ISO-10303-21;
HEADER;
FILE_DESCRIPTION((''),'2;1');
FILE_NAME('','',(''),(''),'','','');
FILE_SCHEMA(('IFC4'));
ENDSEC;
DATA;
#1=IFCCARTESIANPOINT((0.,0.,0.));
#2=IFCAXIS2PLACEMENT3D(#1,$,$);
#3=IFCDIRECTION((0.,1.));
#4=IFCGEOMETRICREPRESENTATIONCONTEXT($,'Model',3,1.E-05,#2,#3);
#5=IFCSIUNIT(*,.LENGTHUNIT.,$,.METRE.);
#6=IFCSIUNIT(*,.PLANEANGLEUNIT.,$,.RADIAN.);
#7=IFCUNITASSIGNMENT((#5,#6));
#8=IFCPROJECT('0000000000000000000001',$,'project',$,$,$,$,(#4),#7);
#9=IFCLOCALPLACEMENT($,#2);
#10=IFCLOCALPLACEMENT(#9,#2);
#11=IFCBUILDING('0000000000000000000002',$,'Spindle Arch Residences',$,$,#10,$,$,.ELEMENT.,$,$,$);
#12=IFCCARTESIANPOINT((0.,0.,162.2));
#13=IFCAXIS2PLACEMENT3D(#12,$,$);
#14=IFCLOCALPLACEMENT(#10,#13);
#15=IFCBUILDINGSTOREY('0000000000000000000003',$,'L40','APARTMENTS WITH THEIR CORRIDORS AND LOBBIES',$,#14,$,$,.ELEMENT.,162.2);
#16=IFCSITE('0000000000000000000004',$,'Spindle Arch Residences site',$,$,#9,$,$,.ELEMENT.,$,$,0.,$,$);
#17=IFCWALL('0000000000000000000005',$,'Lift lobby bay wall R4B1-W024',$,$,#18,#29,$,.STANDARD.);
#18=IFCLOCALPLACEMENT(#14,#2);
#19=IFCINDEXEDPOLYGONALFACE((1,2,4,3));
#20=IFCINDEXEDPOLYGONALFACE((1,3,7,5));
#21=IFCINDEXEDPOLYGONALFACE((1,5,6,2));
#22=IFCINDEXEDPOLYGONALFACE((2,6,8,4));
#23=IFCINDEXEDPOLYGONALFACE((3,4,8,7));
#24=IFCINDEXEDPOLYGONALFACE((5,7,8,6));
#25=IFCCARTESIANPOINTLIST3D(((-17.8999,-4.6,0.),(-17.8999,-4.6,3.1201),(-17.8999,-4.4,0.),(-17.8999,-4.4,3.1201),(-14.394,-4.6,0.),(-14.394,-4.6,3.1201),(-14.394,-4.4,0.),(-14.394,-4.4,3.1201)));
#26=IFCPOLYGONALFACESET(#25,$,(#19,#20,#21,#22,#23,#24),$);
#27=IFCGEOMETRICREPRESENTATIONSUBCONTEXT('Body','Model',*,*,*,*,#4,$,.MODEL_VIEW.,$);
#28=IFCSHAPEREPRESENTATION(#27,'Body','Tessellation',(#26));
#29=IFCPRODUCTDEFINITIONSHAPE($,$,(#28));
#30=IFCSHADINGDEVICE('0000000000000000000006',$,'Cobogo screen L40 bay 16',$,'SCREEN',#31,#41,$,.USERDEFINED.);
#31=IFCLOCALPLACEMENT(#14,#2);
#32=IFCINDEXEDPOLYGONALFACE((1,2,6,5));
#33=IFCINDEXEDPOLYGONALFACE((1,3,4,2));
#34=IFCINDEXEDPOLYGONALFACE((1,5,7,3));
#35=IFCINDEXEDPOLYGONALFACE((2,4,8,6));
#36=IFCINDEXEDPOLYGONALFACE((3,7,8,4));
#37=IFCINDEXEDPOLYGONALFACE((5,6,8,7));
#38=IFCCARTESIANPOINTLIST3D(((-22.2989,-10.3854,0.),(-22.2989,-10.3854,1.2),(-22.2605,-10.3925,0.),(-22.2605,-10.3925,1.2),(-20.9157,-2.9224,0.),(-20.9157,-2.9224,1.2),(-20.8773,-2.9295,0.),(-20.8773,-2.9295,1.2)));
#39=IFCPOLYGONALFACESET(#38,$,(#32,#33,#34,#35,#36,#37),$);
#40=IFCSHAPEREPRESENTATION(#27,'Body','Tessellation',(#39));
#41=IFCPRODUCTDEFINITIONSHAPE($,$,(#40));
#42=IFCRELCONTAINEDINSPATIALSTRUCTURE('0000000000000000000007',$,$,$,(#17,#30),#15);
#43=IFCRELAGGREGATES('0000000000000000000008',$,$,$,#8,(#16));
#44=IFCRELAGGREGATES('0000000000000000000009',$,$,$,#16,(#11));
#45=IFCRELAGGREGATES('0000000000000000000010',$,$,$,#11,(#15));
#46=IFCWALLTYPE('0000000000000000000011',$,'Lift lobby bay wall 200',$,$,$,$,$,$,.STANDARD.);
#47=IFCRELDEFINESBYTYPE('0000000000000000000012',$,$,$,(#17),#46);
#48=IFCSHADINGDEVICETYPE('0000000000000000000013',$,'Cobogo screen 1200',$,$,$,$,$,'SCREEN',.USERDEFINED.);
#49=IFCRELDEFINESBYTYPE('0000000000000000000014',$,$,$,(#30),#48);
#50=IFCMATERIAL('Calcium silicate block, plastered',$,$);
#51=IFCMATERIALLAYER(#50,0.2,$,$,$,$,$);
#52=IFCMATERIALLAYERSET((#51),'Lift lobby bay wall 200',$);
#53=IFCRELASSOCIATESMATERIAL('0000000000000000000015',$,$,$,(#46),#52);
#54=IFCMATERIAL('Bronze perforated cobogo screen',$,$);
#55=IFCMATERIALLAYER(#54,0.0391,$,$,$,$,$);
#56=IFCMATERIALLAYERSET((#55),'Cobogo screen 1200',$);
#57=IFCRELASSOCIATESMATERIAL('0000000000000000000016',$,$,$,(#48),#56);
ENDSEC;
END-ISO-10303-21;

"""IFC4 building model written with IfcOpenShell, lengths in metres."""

from ifc_helpers import new_model, si_unit, direction, frame, frame_2d, origin, origin_2d, place, context, subcontext, project, spatial, rectangle, extrude, material, layer, layer_set, type_object, element, save


model = new_model("IFC4")

# Units and contexts
model_context = context("Model", 3, precision=1e-05, world=origin(), true_north=direction((0.0, 1.0)))
body_context = subcontext(model_context, "Body", "Model", "MODEL_VIEW")
ifc_project = project(units=[si_unit("LENGTHUNIT", "METRE"), si_unit("PLANEANGLEUNIT", "RADIAN")], contexts=[model_context])

# Site, building, storey
site_placement = place(None, origin())
site = spatial("IfcSite", under=ifc_project, at=site_placement, Name="Spindle Arch Residences site", CompositionType="ELEMENT", RefElevation=0.0)
building_placement = place(site_placement, origin())
building = spatial("IfcBuilding", under=site, at=building_placement, Name="Spindle Arch Residences", CompositionType="ELEMENT")
storey_placement = place(building_placement, frame((0.0, 0.0, 162.2)))
storey = spatial("IfcBuildingStorey", under=building, at=storey_placement, Name="L40", Description="APARTMENTS WITH THEIR CORRIDORS AND LOBBIES", CompositionType="ELEMENT", Elevation=162.2)

# Wall
ifc_material_1 = material(Name="Calcium silicate block, plastered")
ifc_layer_1 = layer(ifc_material_1, 0.2)
ifc_layer_set_1 = layer_set([ifc_layer_1], Name="Lift lobby bay wall 200")
wall_type_1 = type_object("IfcWallType", Name="Lift lobby bay wall 200", PredefinedType="STANDARD", material=ifc_layer_set_1)
wall_1_placement = place(storey_placement, frame((-17.8999, -4.5, 0.0), z_axis=(0.0, 0.0, 1.0), x_axis=(1.0, 0.0, 0.0)))
element("IfcWall", 1, at=wall_1_placement, inside=storey, type_object=wall_type_1, Name="Lift lobby bay wall R4B1-W024", PredefinedType="STANDARD", context=body_context, shape_type="SweptSolid", body=[
    extrude(rectangle(XDim=3.5059, YDim=0.2, at=frame_2d((1.7529, 0.0))), origin(), (0.0, 0.0, 1.0), 3.1201),
])

# Shading device
ifc_material_2 = material(Name="Bronze perforated cobogo screen")
ifc_layer_2 = layer(ifc_material_2, 0.0391)
ifc_layer_set_2 = layer_set([ifc_layer_2], Name="Cobogo screen 1200")
shading_device_type = type_object("IfcShadingDeviceType", Name="Cobogo screen 1200", ElementType="SCREEN", PredefinedType="USERDEFINED", material=ifc_layer_set_2)
shading_device_placement = place(storey_placement, frame((-21.5881, -6.6575, 0.0), z_axis=(0.0, 0.0, 1.0), x_axis=(-0.182236, -0.983255, 0.0)))
element("IfcShadingDevice", 2, at=shading_device_placement, inside=storey, type_object=shading_device_type, Name="Cobogo screen L40 bay 16", ObjectType="SCREEN", PredefinedType="USERDEFINED", context=body_context, shape_type="SweptSolid", body=[
    extrude(rectangle(XDim=7.5901, YDim=0.0391, at=origin_2d()), origin(), (0.0, 0.0, 1.0), 1.2),
])

save(model, "model.ifc")
